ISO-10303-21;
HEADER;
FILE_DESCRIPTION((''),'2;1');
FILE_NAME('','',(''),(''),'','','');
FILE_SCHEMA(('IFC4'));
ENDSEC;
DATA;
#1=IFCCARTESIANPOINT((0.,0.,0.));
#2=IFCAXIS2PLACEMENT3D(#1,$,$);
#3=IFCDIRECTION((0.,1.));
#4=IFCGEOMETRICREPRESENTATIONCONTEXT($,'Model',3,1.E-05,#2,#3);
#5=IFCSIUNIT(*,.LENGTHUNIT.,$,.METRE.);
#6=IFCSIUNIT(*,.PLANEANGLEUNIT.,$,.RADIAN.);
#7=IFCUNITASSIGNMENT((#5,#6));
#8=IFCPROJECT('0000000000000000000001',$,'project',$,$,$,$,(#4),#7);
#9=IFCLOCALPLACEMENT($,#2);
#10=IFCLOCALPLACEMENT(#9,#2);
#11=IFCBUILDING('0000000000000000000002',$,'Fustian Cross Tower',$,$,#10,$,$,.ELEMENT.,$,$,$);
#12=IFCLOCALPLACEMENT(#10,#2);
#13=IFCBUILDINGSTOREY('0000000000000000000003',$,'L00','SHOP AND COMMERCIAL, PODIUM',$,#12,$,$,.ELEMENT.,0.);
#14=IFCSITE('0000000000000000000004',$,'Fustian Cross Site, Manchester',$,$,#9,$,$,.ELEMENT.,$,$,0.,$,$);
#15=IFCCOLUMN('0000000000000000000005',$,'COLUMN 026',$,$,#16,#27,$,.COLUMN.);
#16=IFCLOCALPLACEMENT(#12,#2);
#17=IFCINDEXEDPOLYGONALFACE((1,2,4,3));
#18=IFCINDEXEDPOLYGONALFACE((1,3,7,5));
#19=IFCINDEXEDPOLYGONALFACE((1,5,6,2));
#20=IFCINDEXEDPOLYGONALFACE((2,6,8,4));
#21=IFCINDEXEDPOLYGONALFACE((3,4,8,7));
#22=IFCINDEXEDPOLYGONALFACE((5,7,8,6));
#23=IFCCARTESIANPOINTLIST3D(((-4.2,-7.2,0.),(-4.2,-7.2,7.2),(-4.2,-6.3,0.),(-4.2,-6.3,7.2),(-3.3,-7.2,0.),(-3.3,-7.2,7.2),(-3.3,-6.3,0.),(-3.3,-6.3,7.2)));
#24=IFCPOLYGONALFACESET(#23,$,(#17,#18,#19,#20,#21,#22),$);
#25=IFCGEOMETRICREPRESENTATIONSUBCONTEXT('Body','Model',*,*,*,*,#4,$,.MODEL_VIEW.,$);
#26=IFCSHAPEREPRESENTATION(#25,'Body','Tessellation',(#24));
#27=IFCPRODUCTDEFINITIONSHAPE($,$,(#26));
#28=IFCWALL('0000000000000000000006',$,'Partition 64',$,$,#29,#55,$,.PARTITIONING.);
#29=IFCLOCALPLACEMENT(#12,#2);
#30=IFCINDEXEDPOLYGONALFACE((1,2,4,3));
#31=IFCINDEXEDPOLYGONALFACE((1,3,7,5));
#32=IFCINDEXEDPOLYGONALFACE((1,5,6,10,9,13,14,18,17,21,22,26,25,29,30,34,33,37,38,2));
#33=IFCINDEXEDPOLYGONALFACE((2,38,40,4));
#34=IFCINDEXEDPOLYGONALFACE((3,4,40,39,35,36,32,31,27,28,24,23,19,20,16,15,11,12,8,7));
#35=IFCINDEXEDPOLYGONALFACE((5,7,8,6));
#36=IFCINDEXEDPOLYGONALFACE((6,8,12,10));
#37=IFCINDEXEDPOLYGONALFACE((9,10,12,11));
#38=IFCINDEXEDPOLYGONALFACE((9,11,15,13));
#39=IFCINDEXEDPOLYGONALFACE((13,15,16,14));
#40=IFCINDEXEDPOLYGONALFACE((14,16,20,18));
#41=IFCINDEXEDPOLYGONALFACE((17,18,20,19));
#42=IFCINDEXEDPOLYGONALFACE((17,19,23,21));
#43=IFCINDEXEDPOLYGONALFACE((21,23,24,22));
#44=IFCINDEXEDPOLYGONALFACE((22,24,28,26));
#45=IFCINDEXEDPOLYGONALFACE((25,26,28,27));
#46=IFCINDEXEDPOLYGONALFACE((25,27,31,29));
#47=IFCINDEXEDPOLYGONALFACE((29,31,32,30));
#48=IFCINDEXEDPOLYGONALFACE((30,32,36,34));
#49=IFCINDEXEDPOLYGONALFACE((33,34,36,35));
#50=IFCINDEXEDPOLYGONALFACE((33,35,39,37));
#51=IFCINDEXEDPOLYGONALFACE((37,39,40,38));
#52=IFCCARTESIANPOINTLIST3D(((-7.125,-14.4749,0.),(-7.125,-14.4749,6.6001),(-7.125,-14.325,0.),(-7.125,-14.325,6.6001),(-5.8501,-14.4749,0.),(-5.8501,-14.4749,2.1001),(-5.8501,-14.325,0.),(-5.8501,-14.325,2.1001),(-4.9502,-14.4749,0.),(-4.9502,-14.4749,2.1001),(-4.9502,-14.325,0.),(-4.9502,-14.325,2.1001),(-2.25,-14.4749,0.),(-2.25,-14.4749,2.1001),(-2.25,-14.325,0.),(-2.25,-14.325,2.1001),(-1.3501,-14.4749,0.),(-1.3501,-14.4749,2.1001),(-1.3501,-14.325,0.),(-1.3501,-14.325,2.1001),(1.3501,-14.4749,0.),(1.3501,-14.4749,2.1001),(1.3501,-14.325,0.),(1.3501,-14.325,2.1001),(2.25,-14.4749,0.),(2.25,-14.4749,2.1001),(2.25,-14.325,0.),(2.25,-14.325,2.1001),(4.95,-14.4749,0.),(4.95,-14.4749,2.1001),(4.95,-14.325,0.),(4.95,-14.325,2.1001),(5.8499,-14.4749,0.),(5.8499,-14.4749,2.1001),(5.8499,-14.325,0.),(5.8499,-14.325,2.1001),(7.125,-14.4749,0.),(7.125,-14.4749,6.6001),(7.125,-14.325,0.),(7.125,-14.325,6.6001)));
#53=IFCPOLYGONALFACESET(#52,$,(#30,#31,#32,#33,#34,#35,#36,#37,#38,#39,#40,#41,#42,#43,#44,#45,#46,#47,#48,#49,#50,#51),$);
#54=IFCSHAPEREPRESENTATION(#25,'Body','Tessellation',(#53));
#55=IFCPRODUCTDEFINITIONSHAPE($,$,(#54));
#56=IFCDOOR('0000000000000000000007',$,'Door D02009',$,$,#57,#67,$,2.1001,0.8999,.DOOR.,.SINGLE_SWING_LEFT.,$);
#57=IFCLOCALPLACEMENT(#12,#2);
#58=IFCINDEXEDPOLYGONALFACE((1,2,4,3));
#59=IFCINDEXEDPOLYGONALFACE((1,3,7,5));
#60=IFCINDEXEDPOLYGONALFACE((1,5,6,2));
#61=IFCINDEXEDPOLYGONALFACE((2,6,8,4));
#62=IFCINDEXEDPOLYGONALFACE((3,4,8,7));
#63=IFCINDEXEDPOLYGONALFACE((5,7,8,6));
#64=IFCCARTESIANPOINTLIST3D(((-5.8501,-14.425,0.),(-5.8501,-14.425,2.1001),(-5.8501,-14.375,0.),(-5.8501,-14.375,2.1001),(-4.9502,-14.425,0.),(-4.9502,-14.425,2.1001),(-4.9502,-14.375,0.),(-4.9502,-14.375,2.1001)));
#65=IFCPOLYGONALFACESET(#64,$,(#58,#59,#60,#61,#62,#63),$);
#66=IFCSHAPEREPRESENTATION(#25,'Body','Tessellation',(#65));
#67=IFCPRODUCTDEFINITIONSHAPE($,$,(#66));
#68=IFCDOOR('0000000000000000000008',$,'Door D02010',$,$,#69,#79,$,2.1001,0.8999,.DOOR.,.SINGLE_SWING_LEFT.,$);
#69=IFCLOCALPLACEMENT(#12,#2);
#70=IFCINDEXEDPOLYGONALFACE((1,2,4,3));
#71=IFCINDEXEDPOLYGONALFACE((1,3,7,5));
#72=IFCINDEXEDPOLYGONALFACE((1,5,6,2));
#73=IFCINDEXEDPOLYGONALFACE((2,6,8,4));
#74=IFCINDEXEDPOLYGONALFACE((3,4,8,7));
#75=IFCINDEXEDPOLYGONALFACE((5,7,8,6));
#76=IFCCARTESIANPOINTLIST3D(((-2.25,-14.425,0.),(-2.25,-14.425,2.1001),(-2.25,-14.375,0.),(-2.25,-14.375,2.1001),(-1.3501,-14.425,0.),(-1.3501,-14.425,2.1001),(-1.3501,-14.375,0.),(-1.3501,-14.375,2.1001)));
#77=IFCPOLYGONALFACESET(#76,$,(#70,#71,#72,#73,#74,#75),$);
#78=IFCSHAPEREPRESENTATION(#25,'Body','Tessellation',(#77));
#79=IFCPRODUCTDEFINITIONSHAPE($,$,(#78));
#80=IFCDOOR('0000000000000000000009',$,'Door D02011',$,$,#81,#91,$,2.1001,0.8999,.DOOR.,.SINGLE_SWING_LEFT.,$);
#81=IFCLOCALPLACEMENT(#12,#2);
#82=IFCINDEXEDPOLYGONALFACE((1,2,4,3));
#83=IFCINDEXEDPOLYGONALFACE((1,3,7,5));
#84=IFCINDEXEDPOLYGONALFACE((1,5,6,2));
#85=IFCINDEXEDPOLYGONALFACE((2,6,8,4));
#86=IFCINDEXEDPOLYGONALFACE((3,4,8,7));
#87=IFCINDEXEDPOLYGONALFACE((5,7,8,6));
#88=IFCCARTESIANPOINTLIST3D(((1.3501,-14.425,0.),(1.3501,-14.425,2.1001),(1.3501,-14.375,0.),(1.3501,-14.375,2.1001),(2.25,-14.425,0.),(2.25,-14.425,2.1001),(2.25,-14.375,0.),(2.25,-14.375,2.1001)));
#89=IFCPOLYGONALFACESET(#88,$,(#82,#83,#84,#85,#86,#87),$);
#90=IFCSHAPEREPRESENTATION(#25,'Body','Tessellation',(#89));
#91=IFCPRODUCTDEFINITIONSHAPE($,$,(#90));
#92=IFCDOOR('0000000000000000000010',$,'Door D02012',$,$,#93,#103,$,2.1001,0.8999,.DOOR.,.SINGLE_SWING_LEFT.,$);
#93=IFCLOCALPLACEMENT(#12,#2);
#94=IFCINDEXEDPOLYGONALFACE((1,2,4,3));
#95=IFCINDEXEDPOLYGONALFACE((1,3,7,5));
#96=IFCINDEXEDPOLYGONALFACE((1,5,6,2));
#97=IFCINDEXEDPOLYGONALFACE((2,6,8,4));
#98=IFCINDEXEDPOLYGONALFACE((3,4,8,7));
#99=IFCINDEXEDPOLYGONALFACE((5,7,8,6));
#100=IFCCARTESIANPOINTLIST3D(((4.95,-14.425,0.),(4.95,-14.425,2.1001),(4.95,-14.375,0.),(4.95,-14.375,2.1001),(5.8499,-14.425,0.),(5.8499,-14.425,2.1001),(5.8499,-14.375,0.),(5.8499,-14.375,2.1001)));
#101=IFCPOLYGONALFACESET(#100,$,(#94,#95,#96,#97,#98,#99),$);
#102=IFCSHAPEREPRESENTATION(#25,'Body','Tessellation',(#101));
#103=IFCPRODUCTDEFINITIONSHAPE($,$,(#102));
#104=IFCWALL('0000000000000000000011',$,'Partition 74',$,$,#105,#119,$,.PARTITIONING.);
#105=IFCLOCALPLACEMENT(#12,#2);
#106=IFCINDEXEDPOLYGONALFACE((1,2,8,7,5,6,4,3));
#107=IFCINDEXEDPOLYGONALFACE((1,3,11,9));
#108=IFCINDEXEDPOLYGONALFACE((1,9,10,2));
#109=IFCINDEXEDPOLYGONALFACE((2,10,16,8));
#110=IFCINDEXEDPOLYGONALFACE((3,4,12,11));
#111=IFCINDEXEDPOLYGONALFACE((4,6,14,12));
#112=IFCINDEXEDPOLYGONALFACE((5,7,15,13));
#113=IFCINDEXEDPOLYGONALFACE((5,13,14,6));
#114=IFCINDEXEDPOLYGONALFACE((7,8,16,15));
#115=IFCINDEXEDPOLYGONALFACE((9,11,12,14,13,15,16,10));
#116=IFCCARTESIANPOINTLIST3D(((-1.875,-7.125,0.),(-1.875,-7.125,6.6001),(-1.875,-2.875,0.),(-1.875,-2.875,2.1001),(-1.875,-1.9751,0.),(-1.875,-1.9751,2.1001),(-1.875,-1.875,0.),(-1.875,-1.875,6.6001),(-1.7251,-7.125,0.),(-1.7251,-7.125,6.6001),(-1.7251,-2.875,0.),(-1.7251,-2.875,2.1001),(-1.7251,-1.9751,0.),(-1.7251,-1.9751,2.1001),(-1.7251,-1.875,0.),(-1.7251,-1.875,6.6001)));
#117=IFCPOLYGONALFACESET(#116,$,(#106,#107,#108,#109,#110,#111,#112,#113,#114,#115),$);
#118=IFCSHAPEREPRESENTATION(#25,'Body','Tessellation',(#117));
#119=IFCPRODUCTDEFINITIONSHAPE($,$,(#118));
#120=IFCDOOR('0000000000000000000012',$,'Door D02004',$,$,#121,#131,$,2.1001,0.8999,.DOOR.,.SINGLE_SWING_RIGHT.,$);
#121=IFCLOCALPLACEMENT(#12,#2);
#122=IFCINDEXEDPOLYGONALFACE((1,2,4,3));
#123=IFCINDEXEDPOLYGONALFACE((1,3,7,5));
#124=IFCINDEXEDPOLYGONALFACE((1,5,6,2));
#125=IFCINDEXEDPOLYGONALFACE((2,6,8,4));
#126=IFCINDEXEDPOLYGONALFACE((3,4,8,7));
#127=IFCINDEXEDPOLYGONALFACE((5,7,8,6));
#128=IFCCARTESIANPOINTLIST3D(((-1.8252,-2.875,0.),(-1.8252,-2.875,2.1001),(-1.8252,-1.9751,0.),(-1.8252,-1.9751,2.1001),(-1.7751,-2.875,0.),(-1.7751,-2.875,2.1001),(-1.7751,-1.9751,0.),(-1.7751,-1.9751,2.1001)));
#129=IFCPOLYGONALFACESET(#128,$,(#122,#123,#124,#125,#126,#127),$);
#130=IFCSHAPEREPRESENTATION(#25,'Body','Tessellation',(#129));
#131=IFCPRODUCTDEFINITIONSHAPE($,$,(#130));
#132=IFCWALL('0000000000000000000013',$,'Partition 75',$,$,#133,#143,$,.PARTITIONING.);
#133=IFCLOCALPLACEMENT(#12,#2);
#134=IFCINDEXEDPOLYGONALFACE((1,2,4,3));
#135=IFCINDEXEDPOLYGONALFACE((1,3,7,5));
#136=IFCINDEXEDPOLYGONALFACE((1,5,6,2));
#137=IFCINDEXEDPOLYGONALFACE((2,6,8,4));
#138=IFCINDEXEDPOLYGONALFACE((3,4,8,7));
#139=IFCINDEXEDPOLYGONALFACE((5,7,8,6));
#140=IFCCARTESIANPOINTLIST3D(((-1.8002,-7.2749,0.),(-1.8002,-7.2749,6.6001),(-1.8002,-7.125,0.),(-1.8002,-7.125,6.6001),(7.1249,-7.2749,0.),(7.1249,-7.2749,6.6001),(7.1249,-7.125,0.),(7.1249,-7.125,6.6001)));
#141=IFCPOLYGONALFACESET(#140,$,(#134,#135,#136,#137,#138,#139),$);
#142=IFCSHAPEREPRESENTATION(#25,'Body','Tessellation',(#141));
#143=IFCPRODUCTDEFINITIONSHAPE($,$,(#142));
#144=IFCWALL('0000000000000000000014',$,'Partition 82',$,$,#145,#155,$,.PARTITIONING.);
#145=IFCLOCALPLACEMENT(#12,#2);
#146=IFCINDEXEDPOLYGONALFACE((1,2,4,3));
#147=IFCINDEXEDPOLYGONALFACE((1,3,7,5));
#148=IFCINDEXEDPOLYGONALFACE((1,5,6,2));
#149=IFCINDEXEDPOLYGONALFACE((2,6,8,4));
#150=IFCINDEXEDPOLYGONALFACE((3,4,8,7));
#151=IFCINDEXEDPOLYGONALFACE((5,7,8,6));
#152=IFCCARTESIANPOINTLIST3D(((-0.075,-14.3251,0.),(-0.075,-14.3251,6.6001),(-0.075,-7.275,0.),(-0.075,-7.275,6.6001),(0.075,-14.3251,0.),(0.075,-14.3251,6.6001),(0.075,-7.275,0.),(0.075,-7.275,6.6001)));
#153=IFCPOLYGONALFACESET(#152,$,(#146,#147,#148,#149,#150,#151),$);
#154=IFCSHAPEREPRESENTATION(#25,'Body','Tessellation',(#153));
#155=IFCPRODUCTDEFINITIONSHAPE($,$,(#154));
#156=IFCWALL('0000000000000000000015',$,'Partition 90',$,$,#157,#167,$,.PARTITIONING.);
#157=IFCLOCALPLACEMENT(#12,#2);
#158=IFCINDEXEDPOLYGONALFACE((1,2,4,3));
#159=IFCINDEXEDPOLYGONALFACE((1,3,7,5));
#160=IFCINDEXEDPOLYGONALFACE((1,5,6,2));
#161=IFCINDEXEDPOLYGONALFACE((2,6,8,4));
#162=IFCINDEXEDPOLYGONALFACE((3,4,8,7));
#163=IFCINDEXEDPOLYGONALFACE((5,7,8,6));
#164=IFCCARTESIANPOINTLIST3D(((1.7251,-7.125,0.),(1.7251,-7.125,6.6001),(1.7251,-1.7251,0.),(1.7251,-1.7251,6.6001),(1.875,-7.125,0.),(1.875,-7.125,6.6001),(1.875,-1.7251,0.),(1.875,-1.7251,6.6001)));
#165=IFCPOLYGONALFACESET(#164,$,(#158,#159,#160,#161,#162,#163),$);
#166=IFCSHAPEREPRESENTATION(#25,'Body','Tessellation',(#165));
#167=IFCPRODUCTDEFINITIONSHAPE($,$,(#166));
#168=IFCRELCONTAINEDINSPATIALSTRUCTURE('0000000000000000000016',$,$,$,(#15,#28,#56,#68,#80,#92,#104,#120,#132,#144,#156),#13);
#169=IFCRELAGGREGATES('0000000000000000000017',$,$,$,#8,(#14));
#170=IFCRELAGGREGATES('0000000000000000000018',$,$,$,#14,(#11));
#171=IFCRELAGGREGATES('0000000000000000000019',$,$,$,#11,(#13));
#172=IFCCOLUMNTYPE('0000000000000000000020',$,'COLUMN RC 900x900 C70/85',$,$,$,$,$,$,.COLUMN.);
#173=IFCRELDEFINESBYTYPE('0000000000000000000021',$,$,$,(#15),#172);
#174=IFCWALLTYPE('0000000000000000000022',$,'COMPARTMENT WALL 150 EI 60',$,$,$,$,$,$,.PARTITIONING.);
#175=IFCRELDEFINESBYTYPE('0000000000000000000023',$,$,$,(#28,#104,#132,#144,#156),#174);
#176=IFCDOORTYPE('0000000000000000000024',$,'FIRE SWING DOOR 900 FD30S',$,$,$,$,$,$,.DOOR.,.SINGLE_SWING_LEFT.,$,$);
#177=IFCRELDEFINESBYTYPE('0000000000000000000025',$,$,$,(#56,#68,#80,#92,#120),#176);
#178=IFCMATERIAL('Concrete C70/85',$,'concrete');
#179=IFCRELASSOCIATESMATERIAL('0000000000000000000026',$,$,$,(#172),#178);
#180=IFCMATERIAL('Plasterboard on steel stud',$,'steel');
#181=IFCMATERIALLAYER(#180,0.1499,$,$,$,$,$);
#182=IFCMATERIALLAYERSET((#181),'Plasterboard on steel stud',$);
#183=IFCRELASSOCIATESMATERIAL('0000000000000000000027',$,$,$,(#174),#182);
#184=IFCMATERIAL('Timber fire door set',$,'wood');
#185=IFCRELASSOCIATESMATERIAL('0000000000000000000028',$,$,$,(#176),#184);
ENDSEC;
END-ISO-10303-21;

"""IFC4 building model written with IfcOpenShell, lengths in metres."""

from ifc_helpers import new_model, si_unit, direction, frame, frame_2d, origin, origin_2d, place, context, subcontext, project, spatial, rectangle, extrude, material, layer, layer_set, material_profile, profile_set, type_object, element, fill, save


model = new_model("IFC4")

# Units and contexts
model_context = context("Model", 3, precision=1e-05, world=origin(), true_north=direction((0.0, 1.0)))
body_context = subcontext(model_context, "Body", "Model", "MODEL_VIEW")
ifc_project = project(units=[si_unit("LENGTHUNIT", "METRE"), si_unit("PLANEANGLEUNIT", "RADIAN")], contexts=[model_context])

# Site, building, storey
site_placement = place(None, origin())
site = spatial("IfcSite", under=ifc_project, at=site_placement, Name="Fustian Cross Site, Manchester", CompositionType="ELEMENT", RefElevation=0.0)
building_placement = place(site_placement, origin())
building = spatial("IfcBuilding", under=site, at=building_placement, Name="Fustian Cross Tower", CompositionType="ELEMENT")
storey_placement = place(building_placement, origin())
storey = spatial("IfcBuildingStorey", under=building, at=storey_placement, Name="L00", Description="SHOP AND COMMERCIAL, PODIUM", CompositionType="ELEMENT", Elevation=0.0)

# Column
ifc_material_1 = material(Name="Concrete C70/85", Category="concrete")
ifc_material_profile = material_profile(ifc_material_1, rectangle(XDim=0.8999, YDim=0.8999, at=origin_2d()), Name="RC 900x900")
ifc_profile_set = profile_set([ifc_material_profile], Name="Concrete C70/85")
column_type = type_object("IfcColumnType", Name="COLUMN RC 900x900 C70/85", PredefinedType="COLUMN", material=ifc_profile_set)
column_placement = place(storey_placement, frame((-3.75, -6.75, 0.0), z_axis=(0.0, 0.0, 1.0), x_axis=(1.0, 0.0, 0.0)))
element("IfcColumn", 1, at=column_placement, inside=storey, type_object=column_type, Name="COLUMN 026", PredefinedType="COLUMN", context=body_context, shape_type="SweptSolid", body=[
    extrude(rectangle(XDim=0.8999, YDim=0.8999, at=origin_2d()), origin(), (0.0, 0.0, 1.0), 7.2),
])

# Wall, openings, doors
ifc_material_2 = material(Name="Plasterboard on steel stud", Category="steel")
ifc_layer_1 = layer(ifc_material_2, 0.1499)
ifc_layer_set_1 = layer_set([ifc_layer_1], Name="Plasterboard on steel stud")
wall_type_1 = type_object("IfcWallType", Name="COMPARTMENT WALL 150 EI 60", PredefinedType="PARTITIONING", material=ifc_layer_set_1)
wall_1_placement = place(storey_placement, frame((-7.125, -14.3999, 0.0), z_axis=(0.0, 0.0, 1.0), x_axis=(1.0, 0.0, 0.0)))
wall_1 = element("IfcWall", 2, at=wall_1_placement, inside=storey, type_object=wall_type_1, Name="Partition 64", PredefinedType="PARTITIONING", context=body_context, shape_type="SweptSolid", body=[
    extrude(rectangle(XDim=14.25, YDim=0.1499, at=frame_2d((7.125, 0.0))), origin(), (0.0, 0.0, 1.0), 6.6001),
])
opening_1_placement = place(wall_1_placement, frame((1.2749, 0.0, 0.0)))
opening_1 = element("IfcOpeningElement", 3, at=opening_1_placement, cuts=wall_1, PredefinedType="OPENING", context=body_context, shape_type="SweptSolid", body=[
    extrude(rectangle(XDim=0.8999, YDim=2.1001, at=frame_2d((0.45, 1.05))), frame((0.0, 0.085, 0.0), z_axis=(0.0, -1.0, 0.0), x_axis=(1.0, 0.0, 0.0)), (0.0, 0.0, 1.0), 0.1699),
])
opening_2_placement = place(wall_1_placement, frame((4.875, 0.0, 0.0)))
opening_2 = element("IfcOpeningElement", 4, at=opening_2_placement, cuts=wall_1, PredefinedType="OPENING", context=body_context, shape_type="SweptSolid", body=[
    extrude(rectangle(XDim=0.8999, YDim=2.1001, at=frame_2d((0.45, 1.05))), frame((0.0, 0.085, 0.0), z_axis=(0.0, -1.0, 0.0), x_axis=(1.0, 0.0, 0.0)), (0.0, 0.0, 1.0), 0.1699),
])
opening_3_placement = place(wall_1_placement, frame((8.4751, 0.0, 0.0)))
opening_3 = element("IfcOpeningElement", 5, at=opening_3_placement, cuts=wall_1, PredefinedType="OPENING", context=body_context, shape_type="SweptSolid", body=[
    extrude(rectangle(XDim=0.8999, YDim=2.1001, at=frame_2d((0.45, 1.05))), frame((0.0, 0.085, 0.0), z_axis=(0.0, -1.0, 0.0), x_axis=(1.0, 0.0, 0.0)), (0.0, 0.0, 1.0), 0.1699),
])
opening_4_placement = place(wall_1_placement, frame((12.075, 0.0, 0.0)))
opening_4 = element("IfcOpeningElement", 6, at=opening_4_placement, cuts=wall_1, PredefinedType="OPENING", context=body_context, shape_type="SweptSolid", body=[
    extrude(rectangle(XDim=0.8999, YDim=2.1001, at=frame_2d((0.45, 1.05))), frame((0.0, 0.085, 0.0), z_axis=(0.0, -1.0, 0.0), x_axis=(1.0, 0.0, 0.0)), (0.0, 0.0, 1.0), 0.1699),
])
ifc_material_3 = material(Name="Timber fire door set", Category="wood")
door_type = type_object("IfcDoorType", Name="FIRE SWING DOOR 900 FD30S", OperationType="SINGLE_SWING_LEFT", PredefinedType="DOOR", material=ifc_material_3)
door_1_placement = place(opening_1_placement, origin())
door_1 = element("IfcDoor", 7, at=door_1_placement, inside=storey, type_object=door_type, Name="Door D02009", OperationType="SINGLE_SWING_LEFT", OverallHeight=2.1001, OverallWidth=0.8999, PredefinedType="DOOR", context=body_context, shape_type="SweptSolid", body=[
    extrude(rectangle(XDim=0.8999, YDim=2.1001, at=frame_2d((0.45, 1.05))), frame((0.0, 0.0249, 0.0), z_axis=(0.0, -1.0, 0.0), x_axis=(1.0, 0.0, 0.0)), (0.0, 0.0, 1.0), 0.05),
])
fill(opening_1, door_1)
door_2_placement = place(opening_2_placement, origin())
door_2 = element("IfcDoor", 8, at=door_2_placement, inside=storey, type_object=door_type, Name="Door D02010", OperationType="SINGLE_SWING_LEFT", OverallHeight=2.1001, OverallWidth=0.8999, PredefinedType="DOOR", context=body_context, shape_type="SweptSolid", body=[
    extrude(rectangle(XDim=0.8999, YDim=2.1001, at=frame_2d((0.45, 1.05))), frame((0.0, 0.0249, 0.0), z_axis=(0.0, -1.0, 0.0), x_axis=(1.0, 0.0, 0.0)), (0.0, 0.0, 1.0), 0.05),
])
fill(opening_2, door_2)
door_3_placement = place(opening_3_placement, origin())
door_3 = element("IfcDoor", 9, at=door_3_placement, inside=storey, type_object=door_type, Name="Door D02011", OperationType="SINGLE_SWING_LEFT", OverallHeight=2.1001, OverallWidth=0.8999, PredefinedType="DOOR", context=body_context, shape_type="SweptSolid", body=[
    extrude(rectangle(XDim=0.8999, YDim=2.1001, at=frame_2d((0.45, 1.05))), frame((0.0, 0.0249, 0.0), z_axis=(0.0, -1.0, 0.0), x_axis=(1.0, 0.0, 0.0)), (0.0, 0.0, 1.0), 0.05),
])
fill(opening_3, door_3)
door_4_placement = place(opening_4_placement, origin())
door_4 = element("IfcDoor", 10, at=door_4_placement, inside=storey, type_object=door_type, Name="Door D02012", OperationType="SINGLE_SWING_LEFT", OverallHeight=2.1001, OverallWidth=0.8999, PredefinedType="DOOR", context=body_context, shape_type="SweptSolid", body=[
    extrude(rectangle(XDim=0.8999, YDim=2.1001, at=frame_2d((0.45, 1.05))), frame((0.0, 0.0249, 0.0), z_axis=(0.0, -1.0, 0.0), x_axis=(1.0, 0.0, 0.0)), (0.0, 0.0, 1.0), 0.05),
])
fill(opening_4, door_4)

# Wall, opening, door
wall_2_placement = place(storey_placement, frame((-1.8, -7.125, 0.0), z_axis=(0.0, 0.0, 1.0), x_axis=(0.0, 1.0, 0.0)))
wall_2 = element("IfcWall", 11, at=wall_2_placement, inside=storey, type_object=wall_type_1, Name="Partition 74", PredefinedType="PARTITIONING", context=body_context, shape_type="SweptSolid", body=[
    extrude(rectangle(XDim=5.25, YDim=0.1499, at=frame_2d((2.625, 0.0))), origin(), (0.0, 0.0, 1.0), 6.6001),
])
opening_5_placement = place(wall_2_placement, frame((4.25, 0.0, 0.0)))
opening_5 = element("IfcOpeningElement", 12, at=opening_5_placement, cuts=wall_2, PredefinedType="OPENING", context=body_context, shape_type="SweptSolid", body=[
    extrude(rectangle(XDim=0.8999, YDim=2.1001, at=frame_2d((0.45, 1.05))), frame((0.0, 0.085, 0.0), z_axis=(0.0, -1.0, 0.0), x_axis=(1.0, 0.0, 0.0)), (0.0, 0.0, 1.0), 0.1699),
])
door_5_placement = place(opening_5_placement, frame((0.8999, 0.0, 0.0), z_axis=(0.0, 0.0, 1.0), x_axis=(-1.0, 0.0, 0.0)))
door_5 = element("IfcDoor", 13, at=door_5_placement, inside=storey, type_object=door_type, Name="Door D02004", OperationType="SINGLE_SWING_RIGHT", OverallHeight=2.1001, OverallWidth=0.8999, PredefinedType="DOOR", context=body_context, shape_type="SweptSolid", body=[
    extrude(rectangle(XDim=0.8999, YDim=2.1001, at=frame_2d((0.45, 1.05))), frame((0.0, 0.0249, 0.0), z_axis=(0.0, -1.0, 0.0), x_axis=(1.0, 0.0, 0.0)), (0.0, 0.0, 1.0), 0.05),
])
fill(opening_5, door_5)

# Walls
wall_3_placement = place(storey_placement, frame((-1.8, -7.2, 0.0), z_axis=(0.0, 0.0, 1.0), x_axis=(1.0, 0.0, 0.0)))
element("IfcWall", 14, at=wall_3_placement, inside=storey, type_object=wall_type_1, Name="Partition 75", PredefinedType="PARTITIONING", context=body_context, shape_type="SweptSolid", body=[
    extrude(rectangle(XDim=8.925, YDim=0.1499, at=frame_2d((4.4624, 0.0))), origin(), (0.0, 0.0, 1.0), 6.6001),
])
wall_4_placement = place(storey_placement, frame((0.0, -14.325, 0.0), z_axis=(0.0, 0.0, 1.0), x_axis=(0.0, 1.0, 0.0)))
element("IfcWall", 15, at=wall_4_placement, inside=storey, type_object=wall_type_1, Name="Partition 82", PredefinedType="PARTITIONING", context=body_context, shape_type="SweptSolid", body=[
    extrude(rectangle(XDim=7.05, YDim=0.1499, at=frame_2d((3.5249, 0.0))), origin(), (0.0, 0.0, 1.0), 6.6001),
])
wall_5_placement = place(storey_placement, frame((1.8, -7.125, 0.0), z_axis=(0.0, 0.0, 1.0), x_axis=(0.0, 1.0, 0.0)))
element("IfcWall", 16, at=wall_5_placement, inside=storey, type_object=wall_type_1, Name="Partition 90", PredefinedType="PARTITIONING", context=body_context, shape_type="SweptSolid", body=[
    extrude(rectangle(XDim=5.3999, YDim=0.1499, at=frame_2d((2.7, 0.0))), origin(), (0.0, 0.0, 1.0), 6.6001),
])

save(model, "model.ifc")
